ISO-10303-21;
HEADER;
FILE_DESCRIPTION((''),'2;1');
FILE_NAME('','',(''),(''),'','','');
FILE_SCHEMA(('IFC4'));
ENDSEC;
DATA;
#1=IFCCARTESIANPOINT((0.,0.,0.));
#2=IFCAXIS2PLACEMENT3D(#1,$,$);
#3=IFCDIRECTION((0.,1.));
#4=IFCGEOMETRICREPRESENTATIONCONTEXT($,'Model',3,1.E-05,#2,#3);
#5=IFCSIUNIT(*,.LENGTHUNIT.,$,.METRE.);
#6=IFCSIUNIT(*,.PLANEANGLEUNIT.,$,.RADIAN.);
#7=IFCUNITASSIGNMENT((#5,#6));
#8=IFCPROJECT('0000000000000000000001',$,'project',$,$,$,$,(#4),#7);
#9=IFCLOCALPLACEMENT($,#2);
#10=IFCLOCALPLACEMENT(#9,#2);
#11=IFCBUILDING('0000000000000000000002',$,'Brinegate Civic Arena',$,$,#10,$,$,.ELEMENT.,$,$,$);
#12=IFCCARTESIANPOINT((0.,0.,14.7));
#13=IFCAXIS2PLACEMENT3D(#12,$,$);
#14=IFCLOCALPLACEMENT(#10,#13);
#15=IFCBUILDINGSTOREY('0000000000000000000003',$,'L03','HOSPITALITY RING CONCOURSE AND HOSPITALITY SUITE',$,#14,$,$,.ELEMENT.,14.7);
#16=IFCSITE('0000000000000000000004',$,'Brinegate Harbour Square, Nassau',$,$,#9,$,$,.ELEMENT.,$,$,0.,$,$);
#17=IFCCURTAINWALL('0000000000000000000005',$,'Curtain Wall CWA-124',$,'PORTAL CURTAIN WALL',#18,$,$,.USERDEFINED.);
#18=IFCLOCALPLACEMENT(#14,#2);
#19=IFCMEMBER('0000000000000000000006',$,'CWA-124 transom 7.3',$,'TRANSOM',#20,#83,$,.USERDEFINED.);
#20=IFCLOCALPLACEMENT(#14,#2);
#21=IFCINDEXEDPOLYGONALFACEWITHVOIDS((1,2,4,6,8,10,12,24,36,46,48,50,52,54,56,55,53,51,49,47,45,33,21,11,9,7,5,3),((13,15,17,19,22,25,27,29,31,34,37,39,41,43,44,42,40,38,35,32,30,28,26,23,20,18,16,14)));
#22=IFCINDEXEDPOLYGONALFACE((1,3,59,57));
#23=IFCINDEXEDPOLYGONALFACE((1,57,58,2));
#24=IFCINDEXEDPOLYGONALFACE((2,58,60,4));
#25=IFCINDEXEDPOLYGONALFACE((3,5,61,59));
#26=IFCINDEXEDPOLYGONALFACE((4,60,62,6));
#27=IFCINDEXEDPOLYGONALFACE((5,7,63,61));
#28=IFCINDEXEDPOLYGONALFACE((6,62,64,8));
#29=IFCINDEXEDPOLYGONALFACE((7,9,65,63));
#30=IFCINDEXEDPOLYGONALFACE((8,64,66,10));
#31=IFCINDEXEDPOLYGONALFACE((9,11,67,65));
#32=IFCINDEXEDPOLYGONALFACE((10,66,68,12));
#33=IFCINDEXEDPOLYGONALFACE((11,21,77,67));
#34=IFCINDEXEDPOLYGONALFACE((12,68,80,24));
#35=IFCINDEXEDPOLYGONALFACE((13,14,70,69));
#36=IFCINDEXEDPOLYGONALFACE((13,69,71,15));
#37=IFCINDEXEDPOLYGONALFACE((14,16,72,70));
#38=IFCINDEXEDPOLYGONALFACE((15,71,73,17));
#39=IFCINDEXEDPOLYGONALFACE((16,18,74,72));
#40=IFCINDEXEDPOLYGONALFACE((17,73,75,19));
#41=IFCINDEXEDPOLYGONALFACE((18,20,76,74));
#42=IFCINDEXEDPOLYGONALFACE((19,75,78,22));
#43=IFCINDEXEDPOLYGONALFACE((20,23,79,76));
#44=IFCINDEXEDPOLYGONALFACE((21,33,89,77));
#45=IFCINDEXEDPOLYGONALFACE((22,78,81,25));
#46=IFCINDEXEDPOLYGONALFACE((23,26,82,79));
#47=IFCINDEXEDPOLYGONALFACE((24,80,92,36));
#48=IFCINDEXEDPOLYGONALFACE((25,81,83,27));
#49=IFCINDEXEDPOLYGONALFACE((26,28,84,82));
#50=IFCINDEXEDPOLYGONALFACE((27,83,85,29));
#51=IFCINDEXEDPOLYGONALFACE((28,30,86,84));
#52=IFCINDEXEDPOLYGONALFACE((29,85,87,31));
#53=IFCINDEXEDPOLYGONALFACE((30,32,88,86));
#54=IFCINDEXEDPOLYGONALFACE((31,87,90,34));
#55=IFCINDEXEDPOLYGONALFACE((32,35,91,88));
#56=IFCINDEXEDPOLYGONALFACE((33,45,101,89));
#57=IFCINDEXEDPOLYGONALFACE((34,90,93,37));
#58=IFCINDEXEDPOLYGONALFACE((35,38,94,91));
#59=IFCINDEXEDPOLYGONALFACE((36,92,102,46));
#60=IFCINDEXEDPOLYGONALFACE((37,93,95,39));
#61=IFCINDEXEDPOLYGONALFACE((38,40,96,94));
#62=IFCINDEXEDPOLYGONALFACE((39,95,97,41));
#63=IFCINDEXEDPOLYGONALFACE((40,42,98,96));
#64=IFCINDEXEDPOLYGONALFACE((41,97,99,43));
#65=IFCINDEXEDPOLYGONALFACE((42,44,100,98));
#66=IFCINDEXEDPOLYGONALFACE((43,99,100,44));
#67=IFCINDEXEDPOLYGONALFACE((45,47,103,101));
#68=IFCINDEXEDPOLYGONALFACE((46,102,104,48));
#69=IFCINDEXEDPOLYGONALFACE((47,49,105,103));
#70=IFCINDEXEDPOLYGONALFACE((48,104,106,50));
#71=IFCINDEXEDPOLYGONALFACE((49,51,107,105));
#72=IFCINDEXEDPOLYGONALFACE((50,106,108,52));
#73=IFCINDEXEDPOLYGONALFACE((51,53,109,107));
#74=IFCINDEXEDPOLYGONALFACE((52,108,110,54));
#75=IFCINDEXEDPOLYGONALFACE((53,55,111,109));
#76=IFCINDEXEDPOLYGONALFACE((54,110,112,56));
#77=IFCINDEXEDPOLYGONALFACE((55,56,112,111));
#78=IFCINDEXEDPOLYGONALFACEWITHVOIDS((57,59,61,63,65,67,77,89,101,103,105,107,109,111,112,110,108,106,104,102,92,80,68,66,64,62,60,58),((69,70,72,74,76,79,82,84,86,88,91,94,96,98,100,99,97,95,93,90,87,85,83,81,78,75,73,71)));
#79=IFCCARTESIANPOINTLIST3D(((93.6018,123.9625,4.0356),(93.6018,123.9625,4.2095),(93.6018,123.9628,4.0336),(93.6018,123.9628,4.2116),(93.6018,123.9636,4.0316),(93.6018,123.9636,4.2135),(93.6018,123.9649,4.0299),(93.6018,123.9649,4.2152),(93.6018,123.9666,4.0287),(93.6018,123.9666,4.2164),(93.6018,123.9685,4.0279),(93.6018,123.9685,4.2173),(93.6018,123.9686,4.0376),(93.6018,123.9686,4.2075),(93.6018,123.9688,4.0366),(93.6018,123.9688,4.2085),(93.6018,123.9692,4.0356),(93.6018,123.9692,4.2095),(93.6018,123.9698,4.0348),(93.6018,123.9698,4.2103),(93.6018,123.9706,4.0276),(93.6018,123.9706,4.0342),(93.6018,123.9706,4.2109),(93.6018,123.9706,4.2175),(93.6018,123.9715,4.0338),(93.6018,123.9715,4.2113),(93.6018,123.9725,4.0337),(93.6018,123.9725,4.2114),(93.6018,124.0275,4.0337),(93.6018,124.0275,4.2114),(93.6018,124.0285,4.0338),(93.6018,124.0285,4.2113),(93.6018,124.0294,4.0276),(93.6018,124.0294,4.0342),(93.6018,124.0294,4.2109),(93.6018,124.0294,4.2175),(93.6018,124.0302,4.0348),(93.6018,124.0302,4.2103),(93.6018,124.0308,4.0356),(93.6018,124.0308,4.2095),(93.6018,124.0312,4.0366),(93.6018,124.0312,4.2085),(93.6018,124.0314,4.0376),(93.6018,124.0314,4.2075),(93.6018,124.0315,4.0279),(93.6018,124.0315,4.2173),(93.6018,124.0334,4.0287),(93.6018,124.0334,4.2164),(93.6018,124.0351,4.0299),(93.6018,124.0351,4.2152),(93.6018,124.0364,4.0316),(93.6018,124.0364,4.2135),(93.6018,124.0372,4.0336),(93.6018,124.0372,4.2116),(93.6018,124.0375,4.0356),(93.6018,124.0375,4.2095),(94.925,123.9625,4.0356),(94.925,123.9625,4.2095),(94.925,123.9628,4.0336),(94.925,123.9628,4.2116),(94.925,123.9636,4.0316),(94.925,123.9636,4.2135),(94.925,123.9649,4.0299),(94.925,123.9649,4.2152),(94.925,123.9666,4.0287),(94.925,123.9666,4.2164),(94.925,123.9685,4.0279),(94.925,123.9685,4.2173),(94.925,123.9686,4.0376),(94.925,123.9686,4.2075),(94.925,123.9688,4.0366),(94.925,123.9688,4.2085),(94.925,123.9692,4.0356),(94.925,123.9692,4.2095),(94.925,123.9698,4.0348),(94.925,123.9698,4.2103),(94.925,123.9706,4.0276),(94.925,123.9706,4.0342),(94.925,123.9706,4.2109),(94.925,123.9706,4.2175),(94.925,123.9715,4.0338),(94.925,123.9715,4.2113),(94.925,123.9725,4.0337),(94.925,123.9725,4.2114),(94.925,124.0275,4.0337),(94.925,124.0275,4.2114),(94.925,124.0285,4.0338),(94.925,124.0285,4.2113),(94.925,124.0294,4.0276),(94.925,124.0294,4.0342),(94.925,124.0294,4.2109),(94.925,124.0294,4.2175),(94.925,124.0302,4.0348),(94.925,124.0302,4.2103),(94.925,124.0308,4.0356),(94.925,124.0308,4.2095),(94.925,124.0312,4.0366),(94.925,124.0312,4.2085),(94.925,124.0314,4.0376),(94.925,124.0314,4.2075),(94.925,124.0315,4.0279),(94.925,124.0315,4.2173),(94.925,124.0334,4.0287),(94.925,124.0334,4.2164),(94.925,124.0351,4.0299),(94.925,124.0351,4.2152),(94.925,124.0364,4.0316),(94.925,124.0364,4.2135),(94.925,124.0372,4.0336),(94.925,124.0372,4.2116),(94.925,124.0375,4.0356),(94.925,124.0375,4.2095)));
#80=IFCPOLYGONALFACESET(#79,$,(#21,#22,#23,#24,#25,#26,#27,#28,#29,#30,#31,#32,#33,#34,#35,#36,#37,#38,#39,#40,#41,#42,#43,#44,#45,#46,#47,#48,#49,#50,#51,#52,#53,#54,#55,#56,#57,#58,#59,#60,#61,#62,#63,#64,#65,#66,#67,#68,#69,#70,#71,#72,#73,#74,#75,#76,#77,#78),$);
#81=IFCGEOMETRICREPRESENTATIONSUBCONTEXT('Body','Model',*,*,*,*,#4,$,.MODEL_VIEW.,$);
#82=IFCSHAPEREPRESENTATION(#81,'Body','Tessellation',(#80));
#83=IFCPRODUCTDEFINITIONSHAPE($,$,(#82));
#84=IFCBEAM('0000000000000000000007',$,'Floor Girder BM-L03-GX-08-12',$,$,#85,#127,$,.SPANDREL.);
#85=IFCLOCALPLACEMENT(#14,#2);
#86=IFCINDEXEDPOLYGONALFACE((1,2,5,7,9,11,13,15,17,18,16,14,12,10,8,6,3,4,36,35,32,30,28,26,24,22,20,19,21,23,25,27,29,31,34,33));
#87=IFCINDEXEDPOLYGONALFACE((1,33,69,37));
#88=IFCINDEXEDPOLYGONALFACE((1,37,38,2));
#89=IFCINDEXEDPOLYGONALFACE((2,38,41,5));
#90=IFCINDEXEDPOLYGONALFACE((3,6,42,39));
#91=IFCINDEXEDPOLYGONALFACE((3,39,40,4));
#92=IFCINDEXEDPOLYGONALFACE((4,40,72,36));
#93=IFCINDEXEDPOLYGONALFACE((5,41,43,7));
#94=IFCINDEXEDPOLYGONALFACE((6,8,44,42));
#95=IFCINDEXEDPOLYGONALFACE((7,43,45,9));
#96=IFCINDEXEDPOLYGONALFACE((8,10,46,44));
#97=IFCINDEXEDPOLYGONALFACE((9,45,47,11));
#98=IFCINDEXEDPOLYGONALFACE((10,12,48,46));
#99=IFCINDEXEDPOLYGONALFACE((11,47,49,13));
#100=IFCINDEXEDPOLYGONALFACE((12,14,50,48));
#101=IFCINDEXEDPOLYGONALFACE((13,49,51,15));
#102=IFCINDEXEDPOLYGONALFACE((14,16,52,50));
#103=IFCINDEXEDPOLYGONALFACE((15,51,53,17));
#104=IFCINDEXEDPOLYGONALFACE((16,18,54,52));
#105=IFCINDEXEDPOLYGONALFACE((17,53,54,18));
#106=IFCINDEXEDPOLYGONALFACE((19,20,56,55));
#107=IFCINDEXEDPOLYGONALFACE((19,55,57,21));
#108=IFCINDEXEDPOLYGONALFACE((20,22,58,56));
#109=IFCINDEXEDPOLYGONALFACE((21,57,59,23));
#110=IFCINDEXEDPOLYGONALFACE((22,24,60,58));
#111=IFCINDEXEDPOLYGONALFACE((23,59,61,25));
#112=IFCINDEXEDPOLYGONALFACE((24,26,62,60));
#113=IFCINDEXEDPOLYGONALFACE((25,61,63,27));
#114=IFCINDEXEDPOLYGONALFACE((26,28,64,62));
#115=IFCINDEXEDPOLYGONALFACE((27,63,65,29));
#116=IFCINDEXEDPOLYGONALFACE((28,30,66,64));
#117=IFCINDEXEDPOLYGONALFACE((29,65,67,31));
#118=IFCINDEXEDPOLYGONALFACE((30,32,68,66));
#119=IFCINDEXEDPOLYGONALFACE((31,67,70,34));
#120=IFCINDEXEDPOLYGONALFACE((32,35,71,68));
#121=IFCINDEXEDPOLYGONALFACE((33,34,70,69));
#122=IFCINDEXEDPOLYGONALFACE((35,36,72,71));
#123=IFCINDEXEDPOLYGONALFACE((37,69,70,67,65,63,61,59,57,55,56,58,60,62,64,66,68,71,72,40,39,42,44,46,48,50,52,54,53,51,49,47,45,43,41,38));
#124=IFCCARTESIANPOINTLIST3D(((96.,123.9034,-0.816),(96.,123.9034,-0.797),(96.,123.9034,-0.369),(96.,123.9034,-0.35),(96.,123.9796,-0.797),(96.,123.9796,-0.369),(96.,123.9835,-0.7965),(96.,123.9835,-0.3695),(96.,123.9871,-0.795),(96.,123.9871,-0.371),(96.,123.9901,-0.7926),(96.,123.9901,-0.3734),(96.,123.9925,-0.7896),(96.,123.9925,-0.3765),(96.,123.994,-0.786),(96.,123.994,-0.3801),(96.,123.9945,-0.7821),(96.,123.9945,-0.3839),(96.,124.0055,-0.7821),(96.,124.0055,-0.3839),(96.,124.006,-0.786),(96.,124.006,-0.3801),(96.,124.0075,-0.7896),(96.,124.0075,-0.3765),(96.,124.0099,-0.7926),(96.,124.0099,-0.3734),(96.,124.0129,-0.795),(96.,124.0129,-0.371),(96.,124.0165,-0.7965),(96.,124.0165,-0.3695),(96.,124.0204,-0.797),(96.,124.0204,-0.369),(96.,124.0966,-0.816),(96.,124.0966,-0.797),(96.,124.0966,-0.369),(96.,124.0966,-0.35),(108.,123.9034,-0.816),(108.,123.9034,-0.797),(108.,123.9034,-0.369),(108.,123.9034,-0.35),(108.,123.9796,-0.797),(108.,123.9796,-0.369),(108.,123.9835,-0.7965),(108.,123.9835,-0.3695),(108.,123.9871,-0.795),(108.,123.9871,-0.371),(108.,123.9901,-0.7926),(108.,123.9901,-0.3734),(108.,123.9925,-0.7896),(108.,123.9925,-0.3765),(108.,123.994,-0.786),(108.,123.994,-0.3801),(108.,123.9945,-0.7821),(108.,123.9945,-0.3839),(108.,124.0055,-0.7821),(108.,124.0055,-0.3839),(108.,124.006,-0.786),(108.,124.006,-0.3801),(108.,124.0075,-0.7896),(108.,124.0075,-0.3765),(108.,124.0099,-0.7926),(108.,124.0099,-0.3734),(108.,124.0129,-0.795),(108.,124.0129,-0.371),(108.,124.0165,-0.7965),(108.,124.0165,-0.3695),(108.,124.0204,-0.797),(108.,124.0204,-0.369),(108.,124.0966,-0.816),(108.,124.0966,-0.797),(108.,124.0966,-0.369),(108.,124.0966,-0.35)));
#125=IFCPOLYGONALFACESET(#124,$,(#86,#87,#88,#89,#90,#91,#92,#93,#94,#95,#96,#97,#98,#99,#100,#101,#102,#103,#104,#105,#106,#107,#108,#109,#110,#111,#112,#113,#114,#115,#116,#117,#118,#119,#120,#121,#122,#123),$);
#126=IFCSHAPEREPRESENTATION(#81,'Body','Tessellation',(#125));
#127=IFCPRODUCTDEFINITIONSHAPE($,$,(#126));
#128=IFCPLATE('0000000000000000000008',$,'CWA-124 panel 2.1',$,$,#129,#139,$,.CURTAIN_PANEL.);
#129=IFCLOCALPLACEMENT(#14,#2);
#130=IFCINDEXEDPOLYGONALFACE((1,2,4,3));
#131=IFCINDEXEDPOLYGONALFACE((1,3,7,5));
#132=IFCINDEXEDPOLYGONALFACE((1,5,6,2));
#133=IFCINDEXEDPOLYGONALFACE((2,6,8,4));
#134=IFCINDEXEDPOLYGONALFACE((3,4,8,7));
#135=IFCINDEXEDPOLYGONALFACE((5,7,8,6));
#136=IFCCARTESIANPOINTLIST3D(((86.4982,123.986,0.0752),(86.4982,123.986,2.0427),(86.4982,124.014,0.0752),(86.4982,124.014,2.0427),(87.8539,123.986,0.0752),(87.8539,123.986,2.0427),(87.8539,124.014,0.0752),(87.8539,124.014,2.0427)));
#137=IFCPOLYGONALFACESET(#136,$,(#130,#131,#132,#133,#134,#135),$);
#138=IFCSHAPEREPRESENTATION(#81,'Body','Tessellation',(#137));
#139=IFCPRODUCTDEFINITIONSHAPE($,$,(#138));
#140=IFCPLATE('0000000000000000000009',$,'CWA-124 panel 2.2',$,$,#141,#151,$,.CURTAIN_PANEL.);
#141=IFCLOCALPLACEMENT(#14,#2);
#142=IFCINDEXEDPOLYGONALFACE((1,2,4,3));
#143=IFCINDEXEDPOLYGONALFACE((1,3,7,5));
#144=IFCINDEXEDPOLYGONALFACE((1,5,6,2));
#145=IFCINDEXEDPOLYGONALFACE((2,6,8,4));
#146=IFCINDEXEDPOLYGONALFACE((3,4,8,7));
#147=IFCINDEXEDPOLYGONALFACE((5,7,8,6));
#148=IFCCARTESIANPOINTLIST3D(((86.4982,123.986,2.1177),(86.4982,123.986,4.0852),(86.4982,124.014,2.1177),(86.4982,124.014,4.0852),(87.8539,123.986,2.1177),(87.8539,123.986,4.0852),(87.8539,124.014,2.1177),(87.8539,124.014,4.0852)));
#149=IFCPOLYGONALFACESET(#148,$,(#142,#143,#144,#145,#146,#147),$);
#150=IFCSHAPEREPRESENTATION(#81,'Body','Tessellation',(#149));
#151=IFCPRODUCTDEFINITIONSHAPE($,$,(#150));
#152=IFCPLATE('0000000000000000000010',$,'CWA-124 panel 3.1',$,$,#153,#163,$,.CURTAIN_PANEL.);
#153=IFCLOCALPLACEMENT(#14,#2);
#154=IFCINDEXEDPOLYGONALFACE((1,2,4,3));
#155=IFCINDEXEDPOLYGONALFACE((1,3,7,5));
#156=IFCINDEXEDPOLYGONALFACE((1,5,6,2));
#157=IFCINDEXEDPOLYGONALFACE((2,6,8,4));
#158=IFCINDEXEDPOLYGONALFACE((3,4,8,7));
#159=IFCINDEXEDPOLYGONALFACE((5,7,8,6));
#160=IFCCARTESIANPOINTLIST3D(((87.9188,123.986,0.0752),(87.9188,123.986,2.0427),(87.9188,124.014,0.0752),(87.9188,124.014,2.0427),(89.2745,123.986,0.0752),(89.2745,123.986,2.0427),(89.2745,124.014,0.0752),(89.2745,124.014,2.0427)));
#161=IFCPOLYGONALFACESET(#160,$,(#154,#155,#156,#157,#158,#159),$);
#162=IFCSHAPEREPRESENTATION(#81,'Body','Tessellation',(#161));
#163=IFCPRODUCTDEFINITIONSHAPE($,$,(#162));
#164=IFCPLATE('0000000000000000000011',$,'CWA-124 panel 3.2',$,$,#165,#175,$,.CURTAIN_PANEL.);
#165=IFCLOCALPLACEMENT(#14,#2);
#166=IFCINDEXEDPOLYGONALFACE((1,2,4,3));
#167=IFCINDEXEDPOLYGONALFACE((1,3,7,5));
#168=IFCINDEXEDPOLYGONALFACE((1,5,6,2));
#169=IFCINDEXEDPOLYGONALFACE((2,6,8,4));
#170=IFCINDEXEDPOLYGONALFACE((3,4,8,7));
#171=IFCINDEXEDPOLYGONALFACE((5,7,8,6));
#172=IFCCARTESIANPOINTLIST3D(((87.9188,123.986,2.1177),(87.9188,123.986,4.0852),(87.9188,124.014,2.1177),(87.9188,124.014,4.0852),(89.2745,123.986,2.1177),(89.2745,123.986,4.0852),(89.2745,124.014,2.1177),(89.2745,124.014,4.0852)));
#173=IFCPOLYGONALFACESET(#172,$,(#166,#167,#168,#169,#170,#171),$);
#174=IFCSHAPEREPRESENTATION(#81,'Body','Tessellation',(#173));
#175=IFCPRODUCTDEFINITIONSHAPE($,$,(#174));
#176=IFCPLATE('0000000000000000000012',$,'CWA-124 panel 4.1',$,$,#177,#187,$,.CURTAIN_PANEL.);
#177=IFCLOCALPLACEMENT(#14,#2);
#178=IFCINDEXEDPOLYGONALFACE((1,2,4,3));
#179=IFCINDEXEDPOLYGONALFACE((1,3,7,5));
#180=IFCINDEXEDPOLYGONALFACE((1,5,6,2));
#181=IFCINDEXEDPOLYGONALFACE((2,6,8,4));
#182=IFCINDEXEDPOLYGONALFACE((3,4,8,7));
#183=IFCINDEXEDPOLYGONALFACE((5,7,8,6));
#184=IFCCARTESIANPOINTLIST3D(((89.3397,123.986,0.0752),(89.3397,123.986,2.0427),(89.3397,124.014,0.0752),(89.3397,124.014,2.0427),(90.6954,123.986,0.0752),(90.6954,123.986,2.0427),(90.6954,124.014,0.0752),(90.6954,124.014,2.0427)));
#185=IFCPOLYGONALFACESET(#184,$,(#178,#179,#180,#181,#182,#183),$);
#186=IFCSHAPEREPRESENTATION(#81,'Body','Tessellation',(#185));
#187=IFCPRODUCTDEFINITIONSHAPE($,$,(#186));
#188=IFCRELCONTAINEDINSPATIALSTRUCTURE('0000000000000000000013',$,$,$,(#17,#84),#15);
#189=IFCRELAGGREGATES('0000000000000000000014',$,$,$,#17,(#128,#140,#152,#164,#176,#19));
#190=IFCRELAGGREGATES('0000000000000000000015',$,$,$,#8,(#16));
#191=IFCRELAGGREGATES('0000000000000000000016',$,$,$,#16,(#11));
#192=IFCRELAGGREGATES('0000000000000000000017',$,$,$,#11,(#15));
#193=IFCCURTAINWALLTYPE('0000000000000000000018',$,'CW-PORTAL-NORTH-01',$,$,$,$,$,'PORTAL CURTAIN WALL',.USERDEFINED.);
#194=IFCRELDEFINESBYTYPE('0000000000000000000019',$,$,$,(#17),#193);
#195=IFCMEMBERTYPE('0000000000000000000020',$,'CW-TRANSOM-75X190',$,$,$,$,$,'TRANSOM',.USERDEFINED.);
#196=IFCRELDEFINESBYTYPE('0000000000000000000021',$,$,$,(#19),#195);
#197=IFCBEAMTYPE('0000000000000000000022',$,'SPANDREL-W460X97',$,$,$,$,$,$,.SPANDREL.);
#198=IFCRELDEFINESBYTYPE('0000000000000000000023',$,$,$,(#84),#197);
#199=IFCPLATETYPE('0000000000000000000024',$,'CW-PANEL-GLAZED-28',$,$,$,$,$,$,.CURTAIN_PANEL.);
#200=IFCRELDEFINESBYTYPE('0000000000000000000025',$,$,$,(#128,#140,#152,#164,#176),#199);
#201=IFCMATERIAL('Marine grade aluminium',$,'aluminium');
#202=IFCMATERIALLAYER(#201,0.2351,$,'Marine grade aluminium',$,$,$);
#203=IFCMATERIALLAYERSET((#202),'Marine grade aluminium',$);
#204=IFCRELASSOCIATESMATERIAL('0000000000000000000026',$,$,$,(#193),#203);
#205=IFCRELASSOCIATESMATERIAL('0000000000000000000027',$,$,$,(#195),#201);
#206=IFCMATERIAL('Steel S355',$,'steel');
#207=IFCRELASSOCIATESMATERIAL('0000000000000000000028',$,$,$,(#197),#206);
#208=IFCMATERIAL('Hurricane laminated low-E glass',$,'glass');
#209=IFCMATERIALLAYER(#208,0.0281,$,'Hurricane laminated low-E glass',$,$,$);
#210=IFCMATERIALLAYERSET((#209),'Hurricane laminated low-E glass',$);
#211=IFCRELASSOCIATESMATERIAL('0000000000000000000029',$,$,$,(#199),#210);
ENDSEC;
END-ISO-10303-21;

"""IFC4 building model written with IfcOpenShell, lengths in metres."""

from ifc_helpers import new_model, si_unit, direction, frame, origin, origin_2d, place, context, subcontext, project, spatial, rectangle, hollow_rectangle, i_section, extrude, material, layer, layer_set, material_profile, profile_set, type_object, element, aggregate, save


model = new_model("IFC4")

# Units and contexts
model_context = context("Model", 3, precision=1e-05, world=origin(), true_north=direction((0.0, 1.0)))
body_context = subcontext(model_context, "Body", "Model", "MODEL_VIEW")
ifc_project = project(units=[si_unit("LENGTHUNIT", "METRE"), si_unit("PLANEANGLEUNIT", "RADIAN")], contexts=[model_context])

# Site, building, storey
site_placement = place(None, origin())
site = spatial("IfcSite", under=ifc_project, at=site_placement, Name="Brinegate Harbour Square, Nassau", CompositionType="ELEMENT", RefElevation=0.0)
building_placement = place(site_placement, origin())
building = spatial("IfcBuilding", under=site, at=building_placement, Name="Brinegate Civic Arena", CompositionType="ELEMENT")
storey_placement = place(building_placement, frame((0.0, 0.0, 14.7)))
storey = spatial("IfcBuildingStorey", under=building, at=storey_placement, Name="L03", Description="HOSPITALITY RING CONCOURSE AND HOSPITALITY SUITE", CompositionType="ELEMENT", Elevation=14.7)

# Curtain wall, member
ifc_material_1 = material(Name="Marine grade aluminium", Category="aluminium")
ifc_layer_1 = layer(ifc_material_1, 0.2351, Name="Marine grade aluminium")
ifc_layer_set_1 = layer_set([ifc_layer_1], Name="Marine grade aluminium")
curtain_wall_type = type_object("IfcCurtainWallType", Name="CW-PORTAL-NORTH-01", ElementType="PORTAL CURTAIN WALL", PredefinedType="USERDEFINED", material=ifc_layer_set_1)
curtain_wall_placement = place(storey_placement, origin())
curtain_wall = element("IfcCurtainWall", 1, at=curtain_wall_placement, inside=storey, type_object=curtain_wall_type, Name="Curtain Wall CWA-124", ObjectType="PORTAL CURTAIN WALL", PredefinedType="USERDEFINED")
ifc_material_profile_1 = material_profile(ifc_material_1, hollow_rectangle(XDim=0.075, YDim=0.1899, WallThickness=0.0061, InnerFilletRadius=0.0039, OuterFilletRadius=0.0081, at=origin_2d()), Name="TRN75X190")
ifc_profile_set_1 = profile_set([ifc_material_profile_1], Name="Marine grade aluminium")
member_type_1 = type_object("IfcMemberType", Name="CW-TRANSOM-75X190", ElementType="TRANSOM", PredefinedType="USERDEFINED", material=ifc_profile_set_1)
member_1_placement = place(storey_placement, frame((93.6018, 124.0, 4.1226), z_axis=(1.0, 0.0, 0.0), x_axis=(0.0, 1.0, 0.0)))
member_1 = element("IfcMember", 2, at=member_1_placement, type_object=member_type_1, Name="CWA-124 transom 7.3", ObjectType="TRANSOM", PredefinedType="USERDEFINED", context=body_context, shape_type="SweptSolid", body=[
    extrude(hollow_rectangle(XDim=0.075, YDim=0.1899, WallThickness=0.0061, InnerFilletRadius=0.0039, OuterFilletRadius=0.0081, at=origin_2d()), origin(), (0.0, 0.0, 1.0), 1.3232),
])

# Beam
ifc_material_2 = material(Name="Steel S355", Category="steel")
ifc_material_profile_2 = material_profile(ifc_material_2, i_section(OverallWidth=0.1931, OverallDepth=0.4661, WebThickness=0.011, FlangeThickness=0.019, FilletRadius=0.0149, at=origin_2d()), Name="W460X97")
ifc_profile_set_2 = profile_set([ifc_material_profile_2], Name="Steel S355")
beam_type = type_object("IfcBeamType", Name="SPANDREL-W460X97", PredefinedType="SPANDREL", material=ifc_profile_set_2)
beam_placement = place(storey_placement, frame((96.0, 124.0, -0.583), z_axis=(1.0, 0.0, 0.0), x_axis=(0.0, 1.0, 0.0)))
element("IfcBeam", 3, at=beam_placement, inside=storey, type_object=beam_type, Name="Floor Girder BM-L03-GX-08-12", PredefinedType="SPANDREL", context=body_context, shape_type="SweptSolid", body=[
    extrude(i_section(OverallWidth=0.1931, OverallDepth=0.4661, WebThickness=0.011, FlangeThickness=0.019, FilletRadius=0.0149, at=origin_2d()), origin(), (0.0, 0.0, 1.0), 12.0),
])

# Plates
ifc_material_3 = material(Name="Hurricane laminated low-E glass", Category="glass")
ifc_layer_2 = layer(ifc_material_3, 0.0281, Name="Hurricane laminated low-E glass")
ifc_layer_set_2 = layer_set([ifc_layer_2], Name="Hurricane laminated low-E glass")
plate_type = type_object("IfcPlateType", Name="CW-PANEL-GLAZED-28", PredefinedType="CURTAIN_PANEL", material=ifc_layer_set_2)
plate_1_placement = place(storey_placement, frame((87.176, 124.0, 0.0752), z_axis=(0.0, 0.0, 1.0), x_axis=(1.0, 0.0, 0.0)))
plate_1 = element("IfcPlate", 4, at=plate_1_placement, type_object=plate_type, Name="CWA-124 panel 2.1", PredefinedType="CURTAIN_PANEL", context=body_context, shape_type="SweptSolid", body=[
    extrude(rectangle(XDim=1.3557, YDim=0.0281, at=origin_2d()), origin(), (0.0, 0.0, 1.0), 1.9675),
])
plate_2_placement = place(storey_placement, frame((87.176, 124.0, 2.1177), z_axis=(0.0, 0.0, 1.0), x_axis=(1.0, 0.0, 0.0)))
plate_2 = element("IfcPlate", 5, at=plate_2_placement, type_object=plate_type, Name="CWA-124 panel 2.2", PredefinedType="CURTAIN_PANEL", context=body_context, shape_type="SweptSolid", body=[
    extrude(rectangle(XDim=1.3557, YDim=0.0281, at=origin_2d()), origin(), (0.0, 0.0, 1.0), 1.9675),
])
plate_3_placement = place(storey_placement, frame((88.5967, 124.0, 0.0752), z_axis=(0.0, 0.0, 1.0), x_axis=(1.0, 0.0, 0.0)))
plate_3 = element("IfcPlate", 6, at=plate_3_placement, type_object=plate_type, Name="CWA-124 panel 3.1", PredefinedType="CURTAIN_PANEL", context=body_context, shape_type="SweptSolid", body=[
    extrude(rectangle(XDim=1.3557, YDim=0.0281, at=origin_2d()), origin(), (0.0, 0.0, 1.0), 1.9675),
])
plate_4_placement = place(storey_placement, frame((88.5967, 124.0, 2.1177), z_axis=(0.0, 0.0, 1.0), x_axis=(1.0, 0.0, 0.0)))
plate_4 = element("IfcPlate", 7, at=plate_4_placement, type_object=plate_type, Name="CWA-124 panel 3.2", PredefinedType="CURTAIN_PANEL", context=body_context, shape_type="SweptSolid", body=[
    extrude(rectangle(XDim=1.3557, YDim=0.0281, at=origin_2d()), origin(), (0.0, 0.0, 1.0), 1.9675),
])
plate_5_placement = place(storey_placement, frame((90.0176, 124.0, 0.0752), z_axis=(0.0, 0.0, 1.0), x_axis=(1.0, 0.0, 0.0)))
plate_5 = element("IfcPlate", 8, at=plate_5_placement, type_object=plate_type, Name="CWA-124 panel 4.1", PredefinedType="CURTAIN_PANEL", context=body_context, shape_type="SweptSolid", body=[
    extrude(rectangle(XDim=1.3557, YDim=0.0281, at=origin_2d()), origin(), (0.0, 0.0, 1.0), 1.9675),
])
aggregate(curtain_wall, [plate_1, plate_2, plate_3, plate_4, plate_5, member_1])

save(model, "model.ifc")
